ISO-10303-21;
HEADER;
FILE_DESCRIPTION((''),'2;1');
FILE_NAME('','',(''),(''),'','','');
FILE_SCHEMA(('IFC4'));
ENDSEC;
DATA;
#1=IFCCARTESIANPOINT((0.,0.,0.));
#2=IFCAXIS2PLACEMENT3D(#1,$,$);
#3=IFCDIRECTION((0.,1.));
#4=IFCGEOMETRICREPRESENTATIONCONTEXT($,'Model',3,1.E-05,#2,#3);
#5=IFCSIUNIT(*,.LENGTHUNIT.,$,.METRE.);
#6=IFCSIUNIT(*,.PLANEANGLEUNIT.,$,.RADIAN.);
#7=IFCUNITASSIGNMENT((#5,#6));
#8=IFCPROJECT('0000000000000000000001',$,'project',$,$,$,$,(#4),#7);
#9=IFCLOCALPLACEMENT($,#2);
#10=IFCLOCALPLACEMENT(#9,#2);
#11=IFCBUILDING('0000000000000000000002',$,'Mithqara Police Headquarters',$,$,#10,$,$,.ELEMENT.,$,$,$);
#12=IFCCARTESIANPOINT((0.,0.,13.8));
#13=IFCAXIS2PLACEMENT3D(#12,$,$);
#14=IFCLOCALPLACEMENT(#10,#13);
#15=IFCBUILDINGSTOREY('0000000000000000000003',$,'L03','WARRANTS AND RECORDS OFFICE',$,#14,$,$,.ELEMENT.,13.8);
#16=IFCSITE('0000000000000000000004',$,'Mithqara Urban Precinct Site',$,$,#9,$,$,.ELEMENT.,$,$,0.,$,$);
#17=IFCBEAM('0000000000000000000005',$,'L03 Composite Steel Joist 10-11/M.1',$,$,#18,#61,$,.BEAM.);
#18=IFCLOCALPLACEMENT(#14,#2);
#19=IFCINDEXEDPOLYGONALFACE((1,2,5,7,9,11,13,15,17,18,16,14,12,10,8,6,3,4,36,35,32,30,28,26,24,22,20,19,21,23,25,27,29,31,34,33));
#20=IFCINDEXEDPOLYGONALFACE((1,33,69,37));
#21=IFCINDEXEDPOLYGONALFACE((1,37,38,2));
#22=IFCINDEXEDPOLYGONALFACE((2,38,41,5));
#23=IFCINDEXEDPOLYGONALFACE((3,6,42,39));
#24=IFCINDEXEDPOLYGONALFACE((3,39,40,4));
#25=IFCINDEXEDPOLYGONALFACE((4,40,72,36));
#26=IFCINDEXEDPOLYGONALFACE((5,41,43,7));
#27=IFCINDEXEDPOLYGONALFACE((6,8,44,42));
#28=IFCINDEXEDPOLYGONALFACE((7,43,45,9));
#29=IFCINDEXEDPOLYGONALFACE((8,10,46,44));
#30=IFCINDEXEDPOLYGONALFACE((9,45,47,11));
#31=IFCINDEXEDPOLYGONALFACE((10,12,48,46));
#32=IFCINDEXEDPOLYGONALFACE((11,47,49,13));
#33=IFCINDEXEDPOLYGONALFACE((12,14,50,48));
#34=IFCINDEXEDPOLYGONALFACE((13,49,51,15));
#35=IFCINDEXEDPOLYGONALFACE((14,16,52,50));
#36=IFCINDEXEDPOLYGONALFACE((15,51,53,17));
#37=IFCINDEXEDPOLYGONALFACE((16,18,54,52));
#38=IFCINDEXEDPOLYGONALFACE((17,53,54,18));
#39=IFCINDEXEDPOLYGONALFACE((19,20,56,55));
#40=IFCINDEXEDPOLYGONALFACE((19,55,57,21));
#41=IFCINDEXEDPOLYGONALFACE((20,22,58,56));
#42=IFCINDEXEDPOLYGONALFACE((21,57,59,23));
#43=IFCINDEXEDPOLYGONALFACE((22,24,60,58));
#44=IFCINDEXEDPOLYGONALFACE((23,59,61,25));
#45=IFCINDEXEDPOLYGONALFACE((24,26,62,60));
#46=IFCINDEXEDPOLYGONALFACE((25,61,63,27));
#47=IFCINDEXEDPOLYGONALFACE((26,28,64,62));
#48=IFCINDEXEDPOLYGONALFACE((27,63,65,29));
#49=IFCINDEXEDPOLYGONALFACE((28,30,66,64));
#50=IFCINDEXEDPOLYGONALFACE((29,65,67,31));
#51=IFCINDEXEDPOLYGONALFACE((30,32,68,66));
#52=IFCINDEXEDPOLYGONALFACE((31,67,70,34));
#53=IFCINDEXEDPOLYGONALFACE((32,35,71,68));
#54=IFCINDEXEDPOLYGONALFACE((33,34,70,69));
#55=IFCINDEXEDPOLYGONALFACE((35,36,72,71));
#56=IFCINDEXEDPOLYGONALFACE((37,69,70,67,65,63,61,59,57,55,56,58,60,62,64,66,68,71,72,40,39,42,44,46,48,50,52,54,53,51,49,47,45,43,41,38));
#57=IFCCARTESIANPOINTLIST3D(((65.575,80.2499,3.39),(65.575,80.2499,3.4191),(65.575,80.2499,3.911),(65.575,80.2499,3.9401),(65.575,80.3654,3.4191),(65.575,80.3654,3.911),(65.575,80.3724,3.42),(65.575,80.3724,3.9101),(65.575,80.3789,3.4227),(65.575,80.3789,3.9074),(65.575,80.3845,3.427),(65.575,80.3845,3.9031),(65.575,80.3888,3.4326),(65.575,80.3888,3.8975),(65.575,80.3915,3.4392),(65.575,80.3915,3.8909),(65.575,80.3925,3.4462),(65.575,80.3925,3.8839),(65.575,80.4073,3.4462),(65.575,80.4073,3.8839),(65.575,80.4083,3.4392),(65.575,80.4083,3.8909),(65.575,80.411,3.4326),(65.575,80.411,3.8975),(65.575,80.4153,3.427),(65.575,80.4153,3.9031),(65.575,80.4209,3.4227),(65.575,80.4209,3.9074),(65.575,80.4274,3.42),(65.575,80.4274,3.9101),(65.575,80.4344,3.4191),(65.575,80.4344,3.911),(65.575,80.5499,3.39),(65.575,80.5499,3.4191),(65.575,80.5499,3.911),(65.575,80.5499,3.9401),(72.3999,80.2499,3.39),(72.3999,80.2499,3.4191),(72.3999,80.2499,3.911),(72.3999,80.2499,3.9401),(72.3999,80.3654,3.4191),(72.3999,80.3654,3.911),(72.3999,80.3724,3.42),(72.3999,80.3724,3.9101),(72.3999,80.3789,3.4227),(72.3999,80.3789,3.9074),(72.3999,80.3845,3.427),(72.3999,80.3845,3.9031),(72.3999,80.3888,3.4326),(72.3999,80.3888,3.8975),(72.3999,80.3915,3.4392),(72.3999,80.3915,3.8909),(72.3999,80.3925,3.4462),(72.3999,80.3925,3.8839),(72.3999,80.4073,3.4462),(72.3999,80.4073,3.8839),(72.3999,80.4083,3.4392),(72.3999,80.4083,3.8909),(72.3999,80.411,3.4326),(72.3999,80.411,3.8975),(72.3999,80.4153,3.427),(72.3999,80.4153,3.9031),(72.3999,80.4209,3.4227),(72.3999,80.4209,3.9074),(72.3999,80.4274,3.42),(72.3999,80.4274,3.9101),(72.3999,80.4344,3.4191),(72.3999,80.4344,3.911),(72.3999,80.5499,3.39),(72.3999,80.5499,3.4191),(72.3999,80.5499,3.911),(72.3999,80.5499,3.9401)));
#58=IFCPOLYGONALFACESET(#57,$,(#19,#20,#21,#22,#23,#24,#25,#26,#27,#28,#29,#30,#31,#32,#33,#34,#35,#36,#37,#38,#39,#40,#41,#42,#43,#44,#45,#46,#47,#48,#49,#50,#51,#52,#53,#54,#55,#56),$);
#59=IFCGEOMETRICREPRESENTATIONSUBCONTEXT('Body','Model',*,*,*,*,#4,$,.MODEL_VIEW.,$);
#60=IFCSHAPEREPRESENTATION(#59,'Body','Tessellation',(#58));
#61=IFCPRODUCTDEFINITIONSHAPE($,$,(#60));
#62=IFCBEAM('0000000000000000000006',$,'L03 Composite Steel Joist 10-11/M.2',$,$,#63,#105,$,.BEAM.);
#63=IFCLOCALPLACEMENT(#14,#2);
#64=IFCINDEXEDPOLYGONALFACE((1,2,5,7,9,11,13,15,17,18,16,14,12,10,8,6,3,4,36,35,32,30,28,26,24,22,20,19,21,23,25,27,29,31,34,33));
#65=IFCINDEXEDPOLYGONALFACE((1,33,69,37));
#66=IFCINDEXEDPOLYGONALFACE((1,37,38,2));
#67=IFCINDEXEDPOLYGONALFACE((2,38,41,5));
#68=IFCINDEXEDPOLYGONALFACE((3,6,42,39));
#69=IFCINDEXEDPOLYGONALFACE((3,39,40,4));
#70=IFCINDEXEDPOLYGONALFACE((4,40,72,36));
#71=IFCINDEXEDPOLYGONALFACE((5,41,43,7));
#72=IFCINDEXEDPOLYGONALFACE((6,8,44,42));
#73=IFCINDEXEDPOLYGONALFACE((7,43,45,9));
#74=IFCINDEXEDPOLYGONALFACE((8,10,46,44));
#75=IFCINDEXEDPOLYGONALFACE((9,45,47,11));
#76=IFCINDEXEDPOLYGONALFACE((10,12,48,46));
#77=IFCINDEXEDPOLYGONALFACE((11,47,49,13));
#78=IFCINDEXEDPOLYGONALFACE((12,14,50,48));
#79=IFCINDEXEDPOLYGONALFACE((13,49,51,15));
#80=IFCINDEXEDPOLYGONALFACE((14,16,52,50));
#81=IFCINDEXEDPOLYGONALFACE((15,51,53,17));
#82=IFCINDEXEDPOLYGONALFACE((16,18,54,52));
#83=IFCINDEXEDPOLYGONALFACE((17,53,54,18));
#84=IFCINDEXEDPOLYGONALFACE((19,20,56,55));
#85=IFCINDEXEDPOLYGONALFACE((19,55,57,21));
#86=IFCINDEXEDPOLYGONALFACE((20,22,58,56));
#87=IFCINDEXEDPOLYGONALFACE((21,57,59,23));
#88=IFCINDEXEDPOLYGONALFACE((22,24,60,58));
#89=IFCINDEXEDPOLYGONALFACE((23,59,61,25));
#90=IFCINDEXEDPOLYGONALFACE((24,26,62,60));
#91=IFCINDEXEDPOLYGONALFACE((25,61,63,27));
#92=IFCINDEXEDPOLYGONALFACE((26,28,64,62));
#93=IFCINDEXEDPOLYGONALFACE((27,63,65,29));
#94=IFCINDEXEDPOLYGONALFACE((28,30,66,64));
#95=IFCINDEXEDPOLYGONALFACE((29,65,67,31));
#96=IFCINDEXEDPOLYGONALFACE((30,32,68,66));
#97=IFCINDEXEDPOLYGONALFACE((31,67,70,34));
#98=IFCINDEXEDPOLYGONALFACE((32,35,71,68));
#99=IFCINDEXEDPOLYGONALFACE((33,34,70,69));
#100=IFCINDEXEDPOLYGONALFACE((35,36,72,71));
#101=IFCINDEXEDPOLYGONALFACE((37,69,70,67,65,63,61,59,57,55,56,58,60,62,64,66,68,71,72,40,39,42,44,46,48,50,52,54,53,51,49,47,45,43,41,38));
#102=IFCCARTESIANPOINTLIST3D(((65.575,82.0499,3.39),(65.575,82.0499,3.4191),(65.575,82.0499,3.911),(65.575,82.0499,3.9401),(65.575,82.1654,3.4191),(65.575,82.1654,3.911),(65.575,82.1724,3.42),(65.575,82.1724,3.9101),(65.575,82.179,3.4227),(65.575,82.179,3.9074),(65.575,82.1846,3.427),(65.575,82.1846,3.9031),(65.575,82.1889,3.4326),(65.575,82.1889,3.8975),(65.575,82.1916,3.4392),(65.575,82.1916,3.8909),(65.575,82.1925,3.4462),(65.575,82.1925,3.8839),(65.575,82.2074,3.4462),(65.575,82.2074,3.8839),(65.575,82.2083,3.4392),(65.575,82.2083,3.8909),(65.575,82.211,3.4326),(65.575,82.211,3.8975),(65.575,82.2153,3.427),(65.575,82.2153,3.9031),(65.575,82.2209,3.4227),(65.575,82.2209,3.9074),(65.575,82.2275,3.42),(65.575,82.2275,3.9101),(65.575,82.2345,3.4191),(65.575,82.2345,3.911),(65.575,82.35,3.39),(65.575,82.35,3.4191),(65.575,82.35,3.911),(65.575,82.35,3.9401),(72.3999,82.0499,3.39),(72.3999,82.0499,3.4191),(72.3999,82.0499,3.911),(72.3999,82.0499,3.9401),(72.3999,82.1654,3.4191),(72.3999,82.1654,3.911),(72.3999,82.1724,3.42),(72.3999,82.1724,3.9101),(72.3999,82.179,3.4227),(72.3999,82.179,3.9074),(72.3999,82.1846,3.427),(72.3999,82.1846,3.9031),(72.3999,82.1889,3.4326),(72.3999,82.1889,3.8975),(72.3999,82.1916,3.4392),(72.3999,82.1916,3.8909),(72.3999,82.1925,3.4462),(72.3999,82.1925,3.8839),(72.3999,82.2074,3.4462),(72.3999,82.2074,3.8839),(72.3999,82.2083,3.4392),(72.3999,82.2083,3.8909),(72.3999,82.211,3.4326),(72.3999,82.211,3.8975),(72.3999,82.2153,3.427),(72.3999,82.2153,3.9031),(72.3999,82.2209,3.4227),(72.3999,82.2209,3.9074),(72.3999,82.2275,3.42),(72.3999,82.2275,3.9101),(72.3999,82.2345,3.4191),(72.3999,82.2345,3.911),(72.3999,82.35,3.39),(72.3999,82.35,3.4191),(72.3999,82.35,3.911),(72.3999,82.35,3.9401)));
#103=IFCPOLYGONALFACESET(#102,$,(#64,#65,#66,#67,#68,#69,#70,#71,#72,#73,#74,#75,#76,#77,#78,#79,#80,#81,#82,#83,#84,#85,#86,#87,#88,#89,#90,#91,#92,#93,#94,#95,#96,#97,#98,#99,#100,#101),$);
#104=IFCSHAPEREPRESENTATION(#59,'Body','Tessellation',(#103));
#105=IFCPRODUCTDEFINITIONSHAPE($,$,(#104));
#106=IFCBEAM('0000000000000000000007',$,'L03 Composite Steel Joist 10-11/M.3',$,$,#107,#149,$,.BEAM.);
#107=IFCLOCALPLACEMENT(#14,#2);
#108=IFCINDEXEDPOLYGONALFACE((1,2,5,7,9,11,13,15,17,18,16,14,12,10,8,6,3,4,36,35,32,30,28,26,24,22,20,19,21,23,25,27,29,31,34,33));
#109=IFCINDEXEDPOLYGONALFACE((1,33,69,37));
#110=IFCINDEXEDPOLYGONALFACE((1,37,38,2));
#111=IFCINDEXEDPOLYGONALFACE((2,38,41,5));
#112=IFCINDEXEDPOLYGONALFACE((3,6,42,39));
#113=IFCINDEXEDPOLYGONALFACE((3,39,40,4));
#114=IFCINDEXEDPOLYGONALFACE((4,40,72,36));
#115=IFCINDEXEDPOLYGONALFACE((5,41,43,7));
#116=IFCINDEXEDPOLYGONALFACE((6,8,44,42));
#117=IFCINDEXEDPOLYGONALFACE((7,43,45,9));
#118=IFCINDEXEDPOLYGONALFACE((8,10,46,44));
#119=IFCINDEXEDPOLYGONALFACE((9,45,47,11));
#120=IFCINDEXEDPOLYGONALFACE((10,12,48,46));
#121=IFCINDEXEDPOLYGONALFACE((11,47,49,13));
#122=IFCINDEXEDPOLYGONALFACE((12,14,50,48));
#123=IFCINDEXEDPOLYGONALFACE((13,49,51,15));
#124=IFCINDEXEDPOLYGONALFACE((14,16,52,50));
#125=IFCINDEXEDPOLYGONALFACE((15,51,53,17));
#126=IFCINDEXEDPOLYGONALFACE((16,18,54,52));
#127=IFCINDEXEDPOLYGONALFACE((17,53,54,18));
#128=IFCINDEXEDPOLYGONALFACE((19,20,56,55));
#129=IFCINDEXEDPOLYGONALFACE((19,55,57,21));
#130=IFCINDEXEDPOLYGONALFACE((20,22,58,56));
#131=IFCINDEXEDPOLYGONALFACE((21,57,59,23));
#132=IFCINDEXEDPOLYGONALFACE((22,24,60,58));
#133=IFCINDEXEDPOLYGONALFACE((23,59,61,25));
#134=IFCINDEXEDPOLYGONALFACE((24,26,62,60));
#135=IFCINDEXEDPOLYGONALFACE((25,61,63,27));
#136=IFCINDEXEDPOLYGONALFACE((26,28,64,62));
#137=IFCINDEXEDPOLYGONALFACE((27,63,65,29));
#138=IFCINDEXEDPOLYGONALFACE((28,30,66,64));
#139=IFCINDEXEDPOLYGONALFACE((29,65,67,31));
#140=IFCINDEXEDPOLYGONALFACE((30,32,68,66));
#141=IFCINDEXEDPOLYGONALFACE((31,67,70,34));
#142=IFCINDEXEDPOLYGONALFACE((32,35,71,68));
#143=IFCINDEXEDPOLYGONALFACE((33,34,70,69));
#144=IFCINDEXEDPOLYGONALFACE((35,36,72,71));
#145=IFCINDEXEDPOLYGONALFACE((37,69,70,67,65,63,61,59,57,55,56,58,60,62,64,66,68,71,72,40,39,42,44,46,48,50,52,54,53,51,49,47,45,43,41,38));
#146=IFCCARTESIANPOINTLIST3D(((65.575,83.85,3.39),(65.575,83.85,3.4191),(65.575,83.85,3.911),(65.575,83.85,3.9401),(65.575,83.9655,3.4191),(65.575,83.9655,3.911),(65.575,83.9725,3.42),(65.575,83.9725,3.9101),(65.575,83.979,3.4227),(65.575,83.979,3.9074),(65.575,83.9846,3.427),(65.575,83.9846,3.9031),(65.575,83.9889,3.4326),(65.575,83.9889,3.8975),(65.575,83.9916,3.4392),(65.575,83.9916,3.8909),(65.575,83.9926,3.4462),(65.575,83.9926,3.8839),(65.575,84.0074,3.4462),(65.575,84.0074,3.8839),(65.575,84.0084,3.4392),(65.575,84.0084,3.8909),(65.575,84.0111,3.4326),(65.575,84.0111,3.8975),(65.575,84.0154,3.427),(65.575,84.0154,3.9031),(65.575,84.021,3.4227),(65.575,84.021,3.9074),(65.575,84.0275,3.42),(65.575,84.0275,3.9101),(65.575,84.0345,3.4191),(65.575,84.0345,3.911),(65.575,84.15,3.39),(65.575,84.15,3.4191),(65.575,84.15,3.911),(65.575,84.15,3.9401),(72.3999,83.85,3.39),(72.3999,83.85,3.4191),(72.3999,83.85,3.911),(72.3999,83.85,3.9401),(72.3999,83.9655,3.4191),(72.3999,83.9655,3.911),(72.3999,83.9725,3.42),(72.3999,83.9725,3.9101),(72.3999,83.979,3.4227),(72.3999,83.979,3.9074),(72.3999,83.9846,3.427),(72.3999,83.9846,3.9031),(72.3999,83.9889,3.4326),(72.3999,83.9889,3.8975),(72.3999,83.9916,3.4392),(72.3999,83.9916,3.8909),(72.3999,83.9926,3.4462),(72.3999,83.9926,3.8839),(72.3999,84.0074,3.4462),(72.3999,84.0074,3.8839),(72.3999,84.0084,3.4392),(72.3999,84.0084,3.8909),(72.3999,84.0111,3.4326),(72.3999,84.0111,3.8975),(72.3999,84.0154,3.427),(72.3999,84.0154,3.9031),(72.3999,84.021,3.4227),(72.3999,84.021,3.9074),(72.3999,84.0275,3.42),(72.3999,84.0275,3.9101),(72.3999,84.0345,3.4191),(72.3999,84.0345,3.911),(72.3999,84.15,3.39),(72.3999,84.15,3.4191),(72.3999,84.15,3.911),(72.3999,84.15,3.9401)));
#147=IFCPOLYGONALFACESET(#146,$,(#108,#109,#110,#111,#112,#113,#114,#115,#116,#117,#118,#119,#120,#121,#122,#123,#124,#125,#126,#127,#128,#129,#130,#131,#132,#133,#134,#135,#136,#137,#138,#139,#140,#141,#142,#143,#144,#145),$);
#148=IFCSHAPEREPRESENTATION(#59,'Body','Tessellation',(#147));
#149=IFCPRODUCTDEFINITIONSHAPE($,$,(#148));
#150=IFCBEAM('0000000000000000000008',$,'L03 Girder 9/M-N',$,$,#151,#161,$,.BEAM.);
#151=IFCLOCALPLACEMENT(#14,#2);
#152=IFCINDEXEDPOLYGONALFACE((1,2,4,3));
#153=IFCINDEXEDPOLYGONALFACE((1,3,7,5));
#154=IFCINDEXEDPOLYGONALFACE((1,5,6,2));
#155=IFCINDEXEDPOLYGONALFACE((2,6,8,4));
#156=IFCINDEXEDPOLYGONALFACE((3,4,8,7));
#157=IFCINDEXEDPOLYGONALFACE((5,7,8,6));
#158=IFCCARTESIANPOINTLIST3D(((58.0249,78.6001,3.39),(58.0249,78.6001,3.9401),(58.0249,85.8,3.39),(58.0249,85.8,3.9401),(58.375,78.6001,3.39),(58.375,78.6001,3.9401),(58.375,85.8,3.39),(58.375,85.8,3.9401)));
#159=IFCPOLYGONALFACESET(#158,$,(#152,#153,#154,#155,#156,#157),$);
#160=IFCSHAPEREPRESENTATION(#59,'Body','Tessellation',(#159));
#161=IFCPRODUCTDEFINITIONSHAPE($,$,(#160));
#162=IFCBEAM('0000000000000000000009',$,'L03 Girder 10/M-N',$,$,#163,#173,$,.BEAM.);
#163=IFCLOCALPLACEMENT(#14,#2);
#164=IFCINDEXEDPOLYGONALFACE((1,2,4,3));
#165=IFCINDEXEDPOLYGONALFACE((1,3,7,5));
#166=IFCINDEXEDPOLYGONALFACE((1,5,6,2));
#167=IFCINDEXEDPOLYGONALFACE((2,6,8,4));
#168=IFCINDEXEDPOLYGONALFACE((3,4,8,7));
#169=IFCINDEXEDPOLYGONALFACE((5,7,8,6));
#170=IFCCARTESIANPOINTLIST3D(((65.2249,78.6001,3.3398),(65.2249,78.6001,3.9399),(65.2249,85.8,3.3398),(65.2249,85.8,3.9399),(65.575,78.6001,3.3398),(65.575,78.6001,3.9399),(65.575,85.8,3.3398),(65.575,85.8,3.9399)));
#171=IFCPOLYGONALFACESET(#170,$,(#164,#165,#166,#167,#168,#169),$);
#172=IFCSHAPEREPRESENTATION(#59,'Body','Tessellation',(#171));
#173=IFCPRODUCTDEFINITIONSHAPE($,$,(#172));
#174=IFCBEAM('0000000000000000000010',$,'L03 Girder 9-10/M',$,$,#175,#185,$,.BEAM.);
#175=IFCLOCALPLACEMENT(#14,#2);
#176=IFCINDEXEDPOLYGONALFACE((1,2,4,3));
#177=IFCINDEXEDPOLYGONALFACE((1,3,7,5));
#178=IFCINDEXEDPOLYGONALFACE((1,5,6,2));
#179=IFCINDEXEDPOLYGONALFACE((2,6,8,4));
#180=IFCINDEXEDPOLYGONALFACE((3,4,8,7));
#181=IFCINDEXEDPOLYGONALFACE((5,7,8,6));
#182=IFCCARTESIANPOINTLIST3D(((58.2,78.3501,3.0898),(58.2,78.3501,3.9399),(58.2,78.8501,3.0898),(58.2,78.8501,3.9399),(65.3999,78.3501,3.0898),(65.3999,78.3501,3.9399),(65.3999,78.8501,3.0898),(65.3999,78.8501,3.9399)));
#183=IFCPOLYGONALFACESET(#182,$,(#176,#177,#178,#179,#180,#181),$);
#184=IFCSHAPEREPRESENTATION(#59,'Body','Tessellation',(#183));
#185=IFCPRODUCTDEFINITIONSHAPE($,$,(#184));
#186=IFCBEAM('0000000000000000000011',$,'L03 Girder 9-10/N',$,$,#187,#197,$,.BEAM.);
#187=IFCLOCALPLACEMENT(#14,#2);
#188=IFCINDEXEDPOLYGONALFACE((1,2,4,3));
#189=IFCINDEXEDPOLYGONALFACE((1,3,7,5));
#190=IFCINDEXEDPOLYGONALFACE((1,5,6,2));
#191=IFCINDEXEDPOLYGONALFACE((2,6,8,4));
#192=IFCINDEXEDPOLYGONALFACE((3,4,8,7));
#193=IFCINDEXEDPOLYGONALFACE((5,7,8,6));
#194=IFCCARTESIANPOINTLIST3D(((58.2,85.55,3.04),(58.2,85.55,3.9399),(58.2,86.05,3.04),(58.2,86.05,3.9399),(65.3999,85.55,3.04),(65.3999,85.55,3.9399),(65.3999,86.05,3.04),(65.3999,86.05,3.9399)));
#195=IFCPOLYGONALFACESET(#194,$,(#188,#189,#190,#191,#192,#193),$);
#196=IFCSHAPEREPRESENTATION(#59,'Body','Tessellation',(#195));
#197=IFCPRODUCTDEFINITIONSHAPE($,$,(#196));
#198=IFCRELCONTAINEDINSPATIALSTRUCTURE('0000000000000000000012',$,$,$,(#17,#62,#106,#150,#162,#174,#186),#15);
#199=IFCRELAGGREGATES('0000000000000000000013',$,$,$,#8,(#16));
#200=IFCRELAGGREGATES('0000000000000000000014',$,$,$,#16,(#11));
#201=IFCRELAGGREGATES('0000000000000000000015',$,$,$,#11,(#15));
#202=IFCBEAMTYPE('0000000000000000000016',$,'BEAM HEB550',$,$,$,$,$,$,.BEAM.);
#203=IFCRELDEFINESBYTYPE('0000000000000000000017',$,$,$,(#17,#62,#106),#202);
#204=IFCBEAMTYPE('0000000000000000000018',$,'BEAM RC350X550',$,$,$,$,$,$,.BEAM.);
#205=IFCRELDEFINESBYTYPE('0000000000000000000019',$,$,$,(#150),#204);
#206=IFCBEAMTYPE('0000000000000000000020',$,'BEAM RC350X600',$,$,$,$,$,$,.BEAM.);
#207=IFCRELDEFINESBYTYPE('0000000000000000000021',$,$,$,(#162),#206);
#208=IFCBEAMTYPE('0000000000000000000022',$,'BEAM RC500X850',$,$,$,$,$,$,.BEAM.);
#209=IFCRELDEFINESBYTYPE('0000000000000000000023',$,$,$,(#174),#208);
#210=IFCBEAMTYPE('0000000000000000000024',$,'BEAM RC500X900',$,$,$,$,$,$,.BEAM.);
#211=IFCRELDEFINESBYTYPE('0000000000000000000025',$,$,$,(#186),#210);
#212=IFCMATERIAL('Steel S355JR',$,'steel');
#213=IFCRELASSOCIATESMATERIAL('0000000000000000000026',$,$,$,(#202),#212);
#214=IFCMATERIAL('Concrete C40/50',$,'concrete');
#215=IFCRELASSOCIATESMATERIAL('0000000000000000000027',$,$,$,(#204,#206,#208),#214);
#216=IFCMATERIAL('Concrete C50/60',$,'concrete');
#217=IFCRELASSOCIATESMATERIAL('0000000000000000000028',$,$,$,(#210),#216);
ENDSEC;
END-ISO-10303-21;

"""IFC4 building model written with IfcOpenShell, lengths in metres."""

from ifc_helpers import new_model, si_unit, direction, frame, origin, origin_2d, place, context, subcontext, project, spatial, rectangle, i_section, extrude, material, material_profile, profile_set, type_object, element, save


model = new_model("IFC4")

# Units and contexts
model_context = context("Model", 3, precision=1e-05, world=origin(), true_north=direction((0.0, 1.0)))
body_context = subcontext(model_context, "Body", "Model", "MODEL_VIEW")
ifc_project = project(units=[si_unit("LENGTHUNIT", "METRE"), si_unit("PLANEANGLEUNIT", "RADIAN")], contexts=[model_context])

# Site, building, storey
site_placement = place(None, origin())
site = spatial("IfcSite", under=ifc_project, at=site_placement, Name="Mithqara Urban Precinct Site", CompositionType="ELEMENT", RefElevation=0.0)
building_placement = place(site_placement, origin())
building = spatial("IfcBuilding", under=site, at=building_placement, Name="Mithqara Police Headquarters", CompositionType="ELEMENT")
storey_placement = place(building_placement, frame((0.0, 0.0, 13.8)))
storey = spatial("IfcBuildingStorey", under=building, at=storey_placement, Name="L03", Description="WARRANTS AND RECORDS OFFICE", CompositionType="ELEMENT", Elevation=13.8)

# Shared definitions
ifc_material_1 = material(Name="Concrete C50/60", Category="concrete")

# Beams
ifc_material_2 = material(Name="Steel S355JR", Category="steel")
ifc_material_profile_1 = material_profile(ifc_material_2, i_section(OverallWidth=0.3, OverallDepth=0.55, WebThickness=0.0149, FlangeThickness=0.0291, FilletRadius=0.0271, at=origin_2d()), Name="HEB 550")
ifc_profile_set_1 = profile_set([ifc_material_profile_1], Name="Steel S355JR")
beam_type_1 = type_object("IfcBeamType", Name="BEAM HEB550", PredefinedType="BEAM", material=ifc_profile_set_1)
for number, where, z_axis, x_axis, name in (
    (1, (65.575, 80.3999, 3.665), (1.0, 0.0, 0.0), (0.0, 1.0, 0.0), "L03 Composite Steel Joist 10-11/M.1"),
    (2, (65.575, 82.2, 3.665), (1.0, 0.0, 0.0), (0.0, 1.0, 0.0), "L03 Composite Steel Joist 10-11/M.2"),
    (3, (65.575, 84.0, 3.665), (1.0, 0.0, 0.0), (0.0, 1.0, 0.0), "L03 Composite Steel Joist 10-11/M.3"),
):
    element("IfcBeam", number, at=place(storey_placement, frame(where, z_axis=z_axis, x_axis=x_axis)), inside=storey, type_object=beam_type_1, Name=name, PredefinedType="BEAM", context=body_context, shape_type="SweptSolid", body=[
        extrude(i_section(OverallWidth=0.3, OverallDepth=0.55, WebThickness=0.0149, FlangeThickness=0.0291, FilletRadius=0.0271, at=origin_2d()), origin(), (0.0, 0.0, 1.0), 6.825),
    ])
ifc_material_3 = material(Name="Concrete C40/50", Category="concrete")
ifc_material_profile_2 = material_profile(ifc_material_3, rectangle(XDim=0.3501, YDim=0.55, at=origin_2d()), Name="RC 350x550")
ifc_profile_set_2 = profile_set([ifc_material_profile_2], Name="Concrete C40/50")
beam_type_2 = type_object("IfcBeamType", Name="BEAM RC350X550", PredefinedType="BEAM", material=ifc_profile_set_2)
beam_1_placement = place(storey_placement, frame((58.2, 78.6001, 3.665), z_axis=(0.0, 1.0, 0.0), x_axis=(-1.0, 0.0, 0.0)))
element("IfcBeam", 4, at=beam_1_placement, inside=storey, type_object=beam_type_2, Name="L03 Girder 9/M-N", PredefinedType="BEAM", context=body_context, shape_type="SweptSolid", body=[
    extrude(rectangle(XDim=0.3501, YDim=0.55, at=origin_2d()), origin(), (0.0, 0.0, 1.0), 7.2),
])
ifc_material_profile_3 = material_profile(ifc_material_3, rectangle(XDim=0.3501, YDim=0.6001, at=origin_2d()), Name="RC 350x600")
ifc_profile_set_3 = profile_set([ifc_material_profile_3], Name="Concrete C40/50")
beam_type_3 = type_object("IfcBeamType", Name="BEAM RC350X600", PredefinedType="BEAM", material=ifc_profile_set_3)
beam_2_placement = place(storey_placement, frame((65.3999, 78.6001, 3.6399), z_axis=(0.0, 1.0, 0.0), x_axis=(-1.0, 0.0, 0.0)))
element("IfcBeam", 5, at=beam_2_placement, inside=storey, type_object=beam_type_3, Name="L03 Girder 10/M-N", PredefinedType="BEAM", context=body_context, shape_type="SweptSolid", body=[
    extrude(rectangle(XDim=0.3501, YDim=0.6001, at=origin_2d()), origin(), (0.0, 0.0, 1.0), 7.2),
])
ifc_material_profile_4 = material_profile(ifc_material_3, rectangle(XDim=0.5, YDim=0.8501, at=origin_2d()), Name="RC 500x850")
ifc_profile_set_4 = profile_set([ifc_material_profile_4], Name="Concrete C40/50")
beam_type_4 = type_object("IfcBeamType", Name="BEAM RC500X850", PredefinedType="BEAM", material=ifc_profile_set_4)
beam_3_placement = place(storey_placement, frame((58.2, 78.6001, 3.5149), z_axis=(1.0, 0.0, 0.0), x_axis=(0.0, 1.0, 0.0)))
element("IfcBeam", 6, at=beam_3_placement, inside=storey, type_object=beam_type_4, Name="L03 Girder 9-10/M", PredefinedType="BEAM", context=body_context, shape_type="SweptSolid", body=[
    extrude(rectangle(XDim=0.5, YDim=0.8501, at=origin_2d()), origin(), (0.0, 0.0, 1.0), 7.2),
])
ifc_material_profile_5 = material_profile(ifc_material_1, rectangle(XDim=0.5, YDim=0.8999, at=origin_2d()), Name="RC 500x900")
ifc_profile_set_5 = profile_set([ifc_material_profile_5], Name="Concrete C50/60")
beam_type_5 = type_object("IfcBeamType", Name="BEAM RC500X900", PredefinedType="BEAM", material=ifc_profile_set_5)
beam_4_placement = place(storey_placement, frame((58.2, 85.8, 3.49), z_axis=(1.0, 0.0, 0.0), x_axis=(0.0, 1.0, 0.0)))
element("IfcBeam", 7, at=beam_4_placement, inside=storey, type_object=beam_type_5, Name="L03 Girder 9-10/N", PredefinedType="BEAM", context=body_context, shape_type="SweptSolid", body=[
    extrude(rectangle(XDim=0.5, YDim=0.8999, at=origin_2d()), origin(), (0.0, 0.0, 1.0), 7.2),
])

save(model, "model.ifc")
